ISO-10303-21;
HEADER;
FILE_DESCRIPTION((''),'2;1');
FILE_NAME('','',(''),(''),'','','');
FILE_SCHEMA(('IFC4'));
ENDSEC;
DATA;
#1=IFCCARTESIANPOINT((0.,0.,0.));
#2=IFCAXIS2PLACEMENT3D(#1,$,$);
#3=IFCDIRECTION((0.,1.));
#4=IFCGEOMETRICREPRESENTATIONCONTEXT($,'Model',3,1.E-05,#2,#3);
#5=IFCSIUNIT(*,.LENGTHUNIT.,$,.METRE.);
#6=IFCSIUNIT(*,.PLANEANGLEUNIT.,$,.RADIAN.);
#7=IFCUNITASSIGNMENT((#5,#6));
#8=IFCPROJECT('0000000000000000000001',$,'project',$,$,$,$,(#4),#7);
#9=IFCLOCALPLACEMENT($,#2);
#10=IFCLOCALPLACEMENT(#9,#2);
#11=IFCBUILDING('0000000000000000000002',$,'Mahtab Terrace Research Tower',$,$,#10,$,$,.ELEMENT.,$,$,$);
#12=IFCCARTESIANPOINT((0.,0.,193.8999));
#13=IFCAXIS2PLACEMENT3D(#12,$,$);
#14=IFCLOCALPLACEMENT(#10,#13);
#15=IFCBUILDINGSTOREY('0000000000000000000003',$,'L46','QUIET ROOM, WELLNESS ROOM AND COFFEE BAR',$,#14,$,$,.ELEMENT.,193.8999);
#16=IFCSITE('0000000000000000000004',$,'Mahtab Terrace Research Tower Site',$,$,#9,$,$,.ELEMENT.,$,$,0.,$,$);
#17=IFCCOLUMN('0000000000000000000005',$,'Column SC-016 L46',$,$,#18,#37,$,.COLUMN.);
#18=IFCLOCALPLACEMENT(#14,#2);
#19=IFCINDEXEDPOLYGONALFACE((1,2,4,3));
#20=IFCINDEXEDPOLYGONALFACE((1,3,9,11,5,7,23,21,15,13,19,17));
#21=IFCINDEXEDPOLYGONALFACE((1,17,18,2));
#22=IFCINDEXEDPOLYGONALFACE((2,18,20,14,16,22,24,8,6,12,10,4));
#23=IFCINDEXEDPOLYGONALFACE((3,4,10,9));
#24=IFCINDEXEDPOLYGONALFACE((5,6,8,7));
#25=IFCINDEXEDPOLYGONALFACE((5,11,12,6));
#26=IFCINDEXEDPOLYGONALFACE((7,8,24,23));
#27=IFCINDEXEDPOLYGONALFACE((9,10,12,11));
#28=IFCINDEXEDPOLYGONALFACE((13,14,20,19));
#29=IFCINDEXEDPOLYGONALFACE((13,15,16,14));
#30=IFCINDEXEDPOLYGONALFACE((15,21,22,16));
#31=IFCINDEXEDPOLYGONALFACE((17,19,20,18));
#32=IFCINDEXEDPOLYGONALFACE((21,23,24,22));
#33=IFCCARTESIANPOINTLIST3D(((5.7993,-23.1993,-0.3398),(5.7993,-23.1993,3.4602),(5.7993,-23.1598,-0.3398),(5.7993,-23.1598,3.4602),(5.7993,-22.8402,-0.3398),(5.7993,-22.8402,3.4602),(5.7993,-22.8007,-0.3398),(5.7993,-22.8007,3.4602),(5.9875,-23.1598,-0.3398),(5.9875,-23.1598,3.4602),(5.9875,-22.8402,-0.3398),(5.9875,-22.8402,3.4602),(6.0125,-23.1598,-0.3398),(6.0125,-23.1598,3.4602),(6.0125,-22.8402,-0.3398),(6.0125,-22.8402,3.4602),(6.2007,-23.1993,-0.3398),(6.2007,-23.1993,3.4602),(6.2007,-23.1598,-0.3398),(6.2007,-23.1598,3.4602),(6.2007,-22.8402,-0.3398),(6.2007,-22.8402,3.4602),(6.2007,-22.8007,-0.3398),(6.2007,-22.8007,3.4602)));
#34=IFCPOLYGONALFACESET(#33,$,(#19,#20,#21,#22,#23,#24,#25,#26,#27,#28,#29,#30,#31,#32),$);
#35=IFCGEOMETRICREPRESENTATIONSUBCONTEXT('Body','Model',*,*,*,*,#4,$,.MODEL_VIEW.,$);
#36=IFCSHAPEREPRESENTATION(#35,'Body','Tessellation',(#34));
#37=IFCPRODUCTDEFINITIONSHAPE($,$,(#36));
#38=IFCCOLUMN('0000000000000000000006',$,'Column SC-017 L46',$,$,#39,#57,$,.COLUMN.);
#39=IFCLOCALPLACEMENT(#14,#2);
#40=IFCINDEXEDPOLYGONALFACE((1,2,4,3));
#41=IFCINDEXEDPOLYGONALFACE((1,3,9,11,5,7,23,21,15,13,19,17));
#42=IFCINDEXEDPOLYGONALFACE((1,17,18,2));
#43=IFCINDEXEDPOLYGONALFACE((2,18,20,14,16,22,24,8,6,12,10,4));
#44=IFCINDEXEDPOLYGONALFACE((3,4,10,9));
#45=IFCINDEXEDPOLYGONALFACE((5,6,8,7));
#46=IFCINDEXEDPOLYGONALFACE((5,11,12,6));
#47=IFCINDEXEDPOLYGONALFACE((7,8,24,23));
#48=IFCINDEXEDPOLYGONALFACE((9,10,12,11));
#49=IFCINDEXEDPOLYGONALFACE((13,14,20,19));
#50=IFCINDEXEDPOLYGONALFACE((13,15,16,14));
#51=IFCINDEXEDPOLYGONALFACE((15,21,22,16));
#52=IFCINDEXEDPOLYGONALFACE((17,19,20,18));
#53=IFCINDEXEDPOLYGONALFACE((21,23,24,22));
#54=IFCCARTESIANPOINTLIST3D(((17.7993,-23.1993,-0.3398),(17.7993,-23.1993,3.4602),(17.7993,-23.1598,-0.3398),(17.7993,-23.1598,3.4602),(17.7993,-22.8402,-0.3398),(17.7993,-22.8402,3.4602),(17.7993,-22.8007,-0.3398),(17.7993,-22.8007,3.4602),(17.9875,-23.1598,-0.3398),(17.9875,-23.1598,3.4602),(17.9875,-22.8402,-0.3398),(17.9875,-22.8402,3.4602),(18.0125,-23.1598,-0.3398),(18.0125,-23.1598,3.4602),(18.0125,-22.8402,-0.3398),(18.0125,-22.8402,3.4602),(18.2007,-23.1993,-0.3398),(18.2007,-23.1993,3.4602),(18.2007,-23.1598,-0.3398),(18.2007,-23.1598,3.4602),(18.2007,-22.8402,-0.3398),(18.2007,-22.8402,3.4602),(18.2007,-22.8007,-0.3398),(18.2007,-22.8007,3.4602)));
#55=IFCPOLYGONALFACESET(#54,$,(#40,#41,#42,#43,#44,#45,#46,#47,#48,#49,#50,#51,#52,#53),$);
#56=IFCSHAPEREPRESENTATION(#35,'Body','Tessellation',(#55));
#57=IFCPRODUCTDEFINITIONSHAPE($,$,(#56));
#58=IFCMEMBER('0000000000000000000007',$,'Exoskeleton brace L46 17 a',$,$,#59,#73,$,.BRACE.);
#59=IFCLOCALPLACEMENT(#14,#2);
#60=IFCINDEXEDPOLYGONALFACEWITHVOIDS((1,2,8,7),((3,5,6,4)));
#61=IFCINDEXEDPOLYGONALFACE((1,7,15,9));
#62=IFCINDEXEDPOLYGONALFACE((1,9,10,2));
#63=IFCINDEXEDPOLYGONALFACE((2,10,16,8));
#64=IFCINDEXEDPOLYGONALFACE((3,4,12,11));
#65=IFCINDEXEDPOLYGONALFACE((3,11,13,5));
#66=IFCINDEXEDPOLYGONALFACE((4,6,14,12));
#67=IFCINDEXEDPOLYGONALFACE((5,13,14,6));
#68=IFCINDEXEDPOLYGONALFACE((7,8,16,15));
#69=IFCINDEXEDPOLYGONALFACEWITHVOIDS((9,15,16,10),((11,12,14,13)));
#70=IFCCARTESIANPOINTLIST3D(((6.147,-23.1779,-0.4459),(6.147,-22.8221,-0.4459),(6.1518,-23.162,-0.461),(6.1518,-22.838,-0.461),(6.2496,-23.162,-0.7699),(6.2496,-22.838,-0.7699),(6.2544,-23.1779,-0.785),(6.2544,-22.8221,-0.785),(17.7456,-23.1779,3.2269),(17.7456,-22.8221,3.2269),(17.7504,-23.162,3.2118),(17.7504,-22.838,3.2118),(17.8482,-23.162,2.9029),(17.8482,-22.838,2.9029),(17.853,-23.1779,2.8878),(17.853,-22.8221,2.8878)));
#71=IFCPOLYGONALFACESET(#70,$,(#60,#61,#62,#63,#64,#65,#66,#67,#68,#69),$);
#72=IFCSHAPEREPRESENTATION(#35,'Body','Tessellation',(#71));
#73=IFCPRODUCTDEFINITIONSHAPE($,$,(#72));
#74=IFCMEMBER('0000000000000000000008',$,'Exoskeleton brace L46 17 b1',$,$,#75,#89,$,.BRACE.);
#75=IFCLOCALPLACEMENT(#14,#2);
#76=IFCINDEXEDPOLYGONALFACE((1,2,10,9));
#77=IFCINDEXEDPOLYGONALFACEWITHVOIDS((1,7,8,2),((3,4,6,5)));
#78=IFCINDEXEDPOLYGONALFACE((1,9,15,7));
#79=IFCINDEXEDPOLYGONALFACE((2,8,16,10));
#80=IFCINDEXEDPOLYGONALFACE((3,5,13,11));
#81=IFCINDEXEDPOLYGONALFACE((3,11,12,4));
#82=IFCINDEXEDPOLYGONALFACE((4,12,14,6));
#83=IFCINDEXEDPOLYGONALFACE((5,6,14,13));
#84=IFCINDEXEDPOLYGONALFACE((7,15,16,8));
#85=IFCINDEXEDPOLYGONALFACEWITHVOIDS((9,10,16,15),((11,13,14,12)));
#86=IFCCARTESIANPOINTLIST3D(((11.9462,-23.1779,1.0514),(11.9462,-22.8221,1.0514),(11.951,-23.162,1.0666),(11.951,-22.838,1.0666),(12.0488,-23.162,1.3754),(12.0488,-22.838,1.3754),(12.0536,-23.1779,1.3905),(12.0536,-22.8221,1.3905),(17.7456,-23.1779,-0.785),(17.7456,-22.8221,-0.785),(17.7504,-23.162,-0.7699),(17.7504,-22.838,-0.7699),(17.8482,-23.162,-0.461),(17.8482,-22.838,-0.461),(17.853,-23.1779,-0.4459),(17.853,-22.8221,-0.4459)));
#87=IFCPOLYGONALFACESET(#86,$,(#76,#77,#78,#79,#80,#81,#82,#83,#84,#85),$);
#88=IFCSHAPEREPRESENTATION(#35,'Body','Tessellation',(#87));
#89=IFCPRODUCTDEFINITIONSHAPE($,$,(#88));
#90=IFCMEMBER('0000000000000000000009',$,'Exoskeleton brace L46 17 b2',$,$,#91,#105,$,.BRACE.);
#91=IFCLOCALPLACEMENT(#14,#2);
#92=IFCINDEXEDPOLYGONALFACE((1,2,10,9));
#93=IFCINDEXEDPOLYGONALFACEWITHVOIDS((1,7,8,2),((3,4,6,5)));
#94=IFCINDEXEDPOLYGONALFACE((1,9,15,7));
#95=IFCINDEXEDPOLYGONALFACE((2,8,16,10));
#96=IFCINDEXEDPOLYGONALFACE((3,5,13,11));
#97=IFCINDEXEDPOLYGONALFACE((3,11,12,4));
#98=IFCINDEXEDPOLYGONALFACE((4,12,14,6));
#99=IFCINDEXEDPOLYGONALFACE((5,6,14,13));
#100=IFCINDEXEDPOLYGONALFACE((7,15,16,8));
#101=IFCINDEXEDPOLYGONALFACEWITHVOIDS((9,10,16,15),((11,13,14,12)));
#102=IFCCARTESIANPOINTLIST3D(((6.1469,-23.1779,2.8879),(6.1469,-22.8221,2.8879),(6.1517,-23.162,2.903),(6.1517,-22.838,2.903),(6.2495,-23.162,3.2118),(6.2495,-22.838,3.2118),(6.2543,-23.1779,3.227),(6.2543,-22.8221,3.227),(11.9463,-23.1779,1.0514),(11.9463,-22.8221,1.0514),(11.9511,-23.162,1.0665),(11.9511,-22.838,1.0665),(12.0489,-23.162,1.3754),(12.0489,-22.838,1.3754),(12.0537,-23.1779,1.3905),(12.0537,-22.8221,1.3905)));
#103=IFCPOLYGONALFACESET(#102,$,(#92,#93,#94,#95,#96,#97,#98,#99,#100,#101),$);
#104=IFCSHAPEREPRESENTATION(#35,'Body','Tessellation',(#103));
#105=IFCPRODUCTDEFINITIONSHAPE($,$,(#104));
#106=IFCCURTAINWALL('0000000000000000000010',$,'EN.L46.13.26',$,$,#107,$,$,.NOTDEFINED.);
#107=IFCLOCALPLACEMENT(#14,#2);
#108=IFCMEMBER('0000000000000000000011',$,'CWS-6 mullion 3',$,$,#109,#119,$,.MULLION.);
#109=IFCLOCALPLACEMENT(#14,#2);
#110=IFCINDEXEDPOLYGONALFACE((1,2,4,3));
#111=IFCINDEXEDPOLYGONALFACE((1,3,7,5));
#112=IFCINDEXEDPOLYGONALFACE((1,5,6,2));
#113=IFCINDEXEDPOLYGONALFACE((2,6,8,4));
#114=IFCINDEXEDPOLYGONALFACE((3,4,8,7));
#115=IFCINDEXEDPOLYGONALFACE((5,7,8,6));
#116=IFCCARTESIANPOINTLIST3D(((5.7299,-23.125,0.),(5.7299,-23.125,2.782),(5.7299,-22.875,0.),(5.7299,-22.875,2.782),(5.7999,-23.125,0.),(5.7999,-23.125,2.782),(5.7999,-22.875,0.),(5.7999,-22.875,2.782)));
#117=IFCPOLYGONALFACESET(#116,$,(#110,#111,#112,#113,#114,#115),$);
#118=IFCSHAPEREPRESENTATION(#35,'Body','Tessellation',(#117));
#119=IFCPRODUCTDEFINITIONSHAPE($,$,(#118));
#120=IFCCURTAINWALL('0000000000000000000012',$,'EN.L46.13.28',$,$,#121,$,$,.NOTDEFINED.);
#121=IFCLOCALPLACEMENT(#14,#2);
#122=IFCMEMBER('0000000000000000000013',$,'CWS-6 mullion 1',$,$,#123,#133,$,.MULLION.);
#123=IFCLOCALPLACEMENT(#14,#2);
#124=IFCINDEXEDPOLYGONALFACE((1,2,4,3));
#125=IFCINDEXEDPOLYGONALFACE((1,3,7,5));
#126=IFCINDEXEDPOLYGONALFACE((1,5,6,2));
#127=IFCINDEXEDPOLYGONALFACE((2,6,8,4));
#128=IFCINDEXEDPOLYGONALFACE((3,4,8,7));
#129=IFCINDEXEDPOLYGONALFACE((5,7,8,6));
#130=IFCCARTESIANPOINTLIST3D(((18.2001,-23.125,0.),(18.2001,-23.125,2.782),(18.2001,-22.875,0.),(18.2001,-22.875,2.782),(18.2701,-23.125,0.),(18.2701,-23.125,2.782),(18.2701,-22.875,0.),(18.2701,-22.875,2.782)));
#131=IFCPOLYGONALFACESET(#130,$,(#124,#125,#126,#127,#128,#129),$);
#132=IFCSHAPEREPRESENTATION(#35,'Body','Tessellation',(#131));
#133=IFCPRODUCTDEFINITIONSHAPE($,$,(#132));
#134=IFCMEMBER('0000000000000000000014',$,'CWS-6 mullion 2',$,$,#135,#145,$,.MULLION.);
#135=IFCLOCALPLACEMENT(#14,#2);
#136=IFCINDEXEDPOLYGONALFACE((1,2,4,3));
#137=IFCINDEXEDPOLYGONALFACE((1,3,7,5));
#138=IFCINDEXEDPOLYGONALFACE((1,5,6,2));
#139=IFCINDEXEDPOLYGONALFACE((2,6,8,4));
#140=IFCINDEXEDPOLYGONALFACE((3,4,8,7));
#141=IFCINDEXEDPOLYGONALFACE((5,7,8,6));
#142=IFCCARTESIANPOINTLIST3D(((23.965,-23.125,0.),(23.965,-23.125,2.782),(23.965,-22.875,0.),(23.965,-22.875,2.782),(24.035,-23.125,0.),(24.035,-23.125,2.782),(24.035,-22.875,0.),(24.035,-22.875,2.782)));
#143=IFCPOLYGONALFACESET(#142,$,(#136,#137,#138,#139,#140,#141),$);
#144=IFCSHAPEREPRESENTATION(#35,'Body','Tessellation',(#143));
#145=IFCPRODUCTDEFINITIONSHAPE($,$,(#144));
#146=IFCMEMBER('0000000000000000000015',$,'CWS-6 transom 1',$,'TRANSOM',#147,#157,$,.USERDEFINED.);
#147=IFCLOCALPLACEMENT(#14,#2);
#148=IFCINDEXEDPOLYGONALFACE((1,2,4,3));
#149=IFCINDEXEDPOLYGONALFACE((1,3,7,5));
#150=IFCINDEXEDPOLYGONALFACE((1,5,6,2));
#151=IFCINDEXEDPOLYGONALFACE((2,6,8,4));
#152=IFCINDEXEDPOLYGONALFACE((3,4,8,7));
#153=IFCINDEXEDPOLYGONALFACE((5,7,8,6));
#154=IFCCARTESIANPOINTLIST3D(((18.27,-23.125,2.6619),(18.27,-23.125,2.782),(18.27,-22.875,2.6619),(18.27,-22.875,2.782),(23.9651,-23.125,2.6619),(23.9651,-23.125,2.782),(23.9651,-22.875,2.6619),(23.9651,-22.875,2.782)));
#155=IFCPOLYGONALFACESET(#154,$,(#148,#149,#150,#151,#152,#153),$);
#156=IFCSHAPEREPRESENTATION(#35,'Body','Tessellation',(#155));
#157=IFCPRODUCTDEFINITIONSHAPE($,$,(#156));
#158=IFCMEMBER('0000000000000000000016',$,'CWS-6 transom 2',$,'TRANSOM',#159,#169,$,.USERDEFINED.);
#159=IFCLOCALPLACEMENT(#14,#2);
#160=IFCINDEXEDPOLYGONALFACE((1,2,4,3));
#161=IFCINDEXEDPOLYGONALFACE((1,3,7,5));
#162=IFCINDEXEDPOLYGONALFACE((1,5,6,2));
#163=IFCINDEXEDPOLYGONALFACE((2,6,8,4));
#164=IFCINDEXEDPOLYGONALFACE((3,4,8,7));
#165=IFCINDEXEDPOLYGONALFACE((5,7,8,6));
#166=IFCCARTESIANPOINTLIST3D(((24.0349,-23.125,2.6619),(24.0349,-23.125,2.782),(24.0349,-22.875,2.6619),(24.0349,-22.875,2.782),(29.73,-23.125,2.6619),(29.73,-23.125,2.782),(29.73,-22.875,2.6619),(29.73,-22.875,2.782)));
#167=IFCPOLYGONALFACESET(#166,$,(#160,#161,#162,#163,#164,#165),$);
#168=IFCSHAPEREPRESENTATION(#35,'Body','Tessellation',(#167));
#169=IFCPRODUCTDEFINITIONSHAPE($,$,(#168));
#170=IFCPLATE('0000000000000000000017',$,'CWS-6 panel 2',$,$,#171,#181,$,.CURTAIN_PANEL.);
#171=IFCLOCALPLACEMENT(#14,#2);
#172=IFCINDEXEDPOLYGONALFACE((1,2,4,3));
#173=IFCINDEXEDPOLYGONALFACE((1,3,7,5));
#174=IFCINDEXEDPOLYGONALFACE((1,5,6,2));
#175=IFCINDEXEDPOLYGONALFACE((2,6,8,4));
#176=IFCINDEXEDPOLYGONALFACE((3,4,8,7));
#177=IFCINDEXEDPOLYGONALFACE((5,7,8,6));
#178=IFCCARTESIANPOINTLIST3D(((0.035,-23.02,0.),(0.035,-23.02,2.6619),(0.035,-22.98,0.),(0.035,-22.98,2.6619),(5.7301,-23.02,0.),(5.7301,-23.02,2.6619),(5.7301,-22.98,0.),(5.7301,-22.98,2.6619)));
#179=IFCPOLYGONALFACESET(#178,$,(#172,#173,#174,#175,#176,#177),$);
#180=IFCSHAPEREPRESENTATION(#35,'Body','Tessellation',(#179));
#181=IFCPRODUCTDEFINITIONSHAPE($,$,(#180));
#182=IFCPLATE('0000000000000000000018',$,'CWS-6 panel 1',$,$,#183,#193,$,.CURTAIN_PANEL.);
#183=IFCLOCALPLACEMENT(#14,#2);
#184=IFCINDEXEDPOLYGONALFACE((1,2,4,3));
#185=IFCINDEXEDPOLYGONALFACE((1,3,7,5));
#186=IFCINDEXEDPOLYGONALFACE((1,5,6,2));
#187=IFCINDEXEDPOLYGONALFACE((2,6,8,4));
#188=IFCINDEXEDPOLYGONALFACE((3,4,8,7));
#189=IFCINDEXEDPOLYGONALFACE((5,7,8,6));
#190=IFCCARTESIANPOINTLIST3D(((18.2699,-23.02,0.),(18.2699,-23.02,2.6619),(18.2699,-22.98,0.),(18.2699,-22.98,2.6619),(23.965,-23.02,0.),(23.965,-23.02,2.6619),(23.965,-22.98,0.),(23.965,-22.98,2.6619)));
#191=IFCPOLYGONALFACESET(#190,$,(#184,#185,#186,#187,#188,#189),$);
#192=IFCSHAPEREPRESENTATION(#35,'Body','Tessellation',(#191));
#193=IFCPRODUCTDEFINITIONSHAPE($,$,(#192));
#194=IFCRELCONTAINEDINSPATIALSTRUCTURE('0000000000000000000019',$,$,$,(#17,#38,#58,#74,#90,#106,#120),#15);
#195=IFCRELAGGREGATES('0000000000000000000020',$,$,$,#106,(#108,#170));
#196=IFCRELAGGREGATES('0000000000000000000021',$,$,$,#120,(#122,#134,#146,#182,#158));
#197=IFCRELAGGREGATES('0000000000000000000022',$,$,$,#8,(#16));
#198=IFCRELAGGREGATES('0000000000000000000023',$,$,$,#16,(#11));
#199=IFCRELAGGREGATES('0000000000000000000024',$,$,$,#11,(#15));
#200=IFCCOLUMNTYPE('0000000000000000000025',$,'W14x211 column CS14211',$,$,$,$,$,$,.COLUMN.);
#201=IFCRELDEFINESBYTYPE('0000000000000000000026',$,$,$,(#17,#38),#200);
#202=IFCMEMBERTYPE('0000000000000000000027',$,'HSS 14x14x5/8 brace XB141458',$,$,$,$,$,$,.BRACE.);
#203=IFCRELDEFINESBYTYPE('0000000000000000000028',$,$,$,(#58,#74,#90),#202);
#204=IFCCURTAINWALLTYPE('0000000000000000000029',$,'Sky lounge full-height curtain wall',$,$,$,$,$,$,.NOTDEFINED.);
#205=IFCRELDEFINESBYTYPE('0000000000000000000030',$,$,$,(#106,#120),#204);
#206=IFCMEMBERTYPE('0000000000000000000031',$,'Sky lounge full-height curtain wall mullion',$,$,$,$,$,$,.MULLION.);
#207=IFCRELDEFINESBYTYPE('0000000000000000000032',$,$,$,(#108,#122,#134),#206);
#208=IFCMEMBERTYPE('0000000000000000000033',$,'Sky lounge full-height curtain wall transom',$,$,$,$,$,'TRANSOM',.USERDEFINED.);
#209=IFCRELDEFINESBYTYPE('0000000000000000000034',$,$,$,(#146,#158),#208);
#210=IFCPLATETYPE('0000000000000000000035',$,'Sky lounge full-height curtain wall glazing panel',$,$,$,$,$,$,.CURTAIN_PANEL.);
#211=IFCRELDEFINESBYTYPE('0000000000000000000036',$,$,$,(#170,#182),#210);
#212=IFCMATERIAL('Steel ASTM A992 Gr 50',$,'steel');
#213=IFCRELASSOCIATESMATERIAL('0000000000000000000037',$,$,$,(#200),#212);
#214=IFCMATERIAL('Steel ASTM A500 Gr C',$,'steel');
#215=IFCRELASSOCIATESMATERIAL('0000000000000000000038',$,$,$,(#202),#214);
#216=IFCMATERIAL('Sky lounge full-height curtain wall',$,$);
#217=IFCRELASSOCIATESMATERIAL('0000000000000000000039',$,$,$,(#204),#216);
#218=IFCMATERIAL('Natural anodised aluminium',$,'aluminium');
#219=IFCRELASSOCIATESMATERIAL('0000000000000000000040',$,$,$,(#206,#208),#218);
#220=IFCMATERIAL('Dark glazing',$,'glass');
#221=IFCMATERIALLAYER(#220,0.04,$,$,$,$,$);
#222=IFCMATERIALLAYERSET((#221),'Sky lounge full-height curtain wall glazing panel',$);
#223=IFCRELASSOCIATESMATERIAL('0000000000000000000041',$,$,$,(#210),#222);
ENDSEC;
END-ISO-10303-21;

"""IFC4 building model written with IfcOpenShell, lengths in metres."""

from ifc_helpers import new_model, si_unit, direction, frame, origin, origin_2d, place, context, subcontext, project, spatial, rectangle, hollow_rectangle, i_section, extrude, material, layer, layer_set, material_profile, profile_set, type_object, element, aggregate, save


model = new_model("IFC4")

# Units and contexts
model_context = context("Model", 3, precision=1e-05, world=origin(), true_north=direction((0.0, 1.0)))
body_context = subcontext(model_context, "Body", "Model", "MODEL_VIEW")
ifc_project = project(units=[si_unit("LENGTHUNIT", "METRE"), si_unit("PLANEANGLEUNIT", "RADIAN")], contexts=[model_context])

# Site, building, storey
site_placement = place(None, origin())
site = spatial("IfcSite", under=ifc_project, at=site_placement, Name="Mahtab Terrace Research Tower Site", CompositionType="ELEMENT", RefElevation=0.0)
building_placement = place(site_placement, origin())
building = spatial("IfcBuilding", under=site, at=building_placement, Name="Mahtab Terrace Research Tower", CompositionType="ELEMENT")
storey_placement = place(building_placement, frame((0.0, 0.0, 193.8999)))
storey = spatial("IfcBuildingStorey", under=building, at=storey_placement, Name="L46", Description="QUIET ROOM, WELLNESS ROOM AND COFFEE BAR", CompositionType="ELEMENT", Elevation=193.8999)

# Columns
ifc_material_1 = material(Name="Steel ASTM A992 Gr 50", Category="steel")
ifc_material_profile_1 = material_profile(ifc_material_1, i_section(OverallWidth=0.4014, OverallDepth=0.3987, WebThickness=0.0249, FlangeThickness=0.0396, at=origin_2d()), Name="W14X211")
ifc_profile_set_1 = profile_set([ifc_material_profile_1], Name="Steel ASTM A992 Gr 50")
column_type = type_object("IfcColumnType", Name="W14x211 column CS14211", PredefinedType="COLUMN", material=ifc_profile_set_1)
for number, where, z_axis, x_axis, name in (
    (1, (6.0, -23.0, -0.3398), (0.0, 0.0, 1.0), (1.0, 0.0, 0.0), "Column SC-016 L46"),
    (2, (18.0, -23.0, -0.3398), (0.0, 0.0, 1.0), (1.0, 0.0, 0.0), "Column SC-017 L46"),
):
    element("IfcColumn", number, at=place(storey_placement, frame(where, z_axis=z_axis, x_axis=x_axis)), inside=storey, type_object=column_type, Name=name, PredefinedType="COLUMN", context=body_context, shape_type="SweptSolid", body=[
        extrude(i_section(OverallWidth=0.4014, OverallDepth=0.3987, WebThickness=0.0249, FlangeThickness=0.0396, at=origin_2d()), origin(), (0.0, 0.0, 1.0), 3.8),
    ])

# Members
ifc_material_2 = material(Name="Steel ASTM A500 Gr C", Category="steel")
ifc_material_profile_2 = material_profile(ifc_material_2, hollow_rectangle(XDim=0.3557, YDim=0.3557, WallThickness=0.0159, at=origin_2d()), Name="HSS14X14X5/8")
ifc_profile_set_2 = profile_set([ifc_material_profile_2], Name="Steel ASTM A500 Gr C")
member_type_1 = type_object("IfcMemberType", Name="HSS 14x14x5/8 brace XB141458", PredefinedType="BRACE", material=ifc_profile_set_2)
member_1_placement = place(storey_placement, frame((6.2007, -23.0, -0.6155), z_axis=(0.953343, 0.0, 0.301888), x_axis=(0.0, 1.0, 0.0)))
element("IfcMember", 3, at=member_1_placement, inside=storey, type_object=member_type_1, Name="Exoskeleton brace L46 17 a", PredefinedType="BRACE", context=body_context, shape_type="SweptSolid", body=[
    extrude(hollow_rectangle(XDim=0.3557, YDim=0.3557, WallThickness=0.0159, at=origin_2d()), origin(), (0.0, 0.0, 1.0), 12.1663),
])
for number, where, z_axis, x_axis, name in (
    (4, (17.7993, -23.0, -0.6155), (-0.953343, 0.0, 0.301888), (0.0, -1.0, 0.0), "Exoskeleton brace L46 17 b1"),
    (5, (12.0, -23.0, 1.2209), (-0.953343, 0.0, 0.301888), (0.0, -1.0, 0.0), "Exoskeleton brace L46 17 b2"),
):
    element("IfcMember", number, at=place(storey_placement, frame(where, z_axis=z_axis, x_axis=x_axis)), inside=storey, type_object=member_type_1, Name=name, PredefinedType="BRACE", context=body_context, shape_type="SweptSolid", body=[
        extrude(hollow_rectangle(XDim=0.3557, YDim=0.3557, WallThickness=0.0159, at=origin_2d()), origin(), (0.0, 0.0, 1.0), 6.0833),
    ])

# Curtain wall, member
ifc_material_3 = material(Name="Sky lounge full-height curtain wall")
curtain_wall_type = type_object("IfcCurtainWallType", Name="Sky lounge full-height curtain wall", PredefinedType="NOTDEFINED", material=ifc_material_3)
curtain_wall_1_placement = place(storey_placement, origin())
curtain_wall_1 = element("IfcCurtainWall", 6, at=curtain_wall_1_placement, inside=storey, type_object=curtain_wall_type, Name="EN.L46.13.26", PredefinedType="NOTDEFINED")
ifc_material_4 = material(Name="Natural anodised aluminium", Category="aluminium")
ifc_material_profile_3 = material_profile(ifc_material_4, rectangle(XDim=0.25, YDim=0.0701, at=origin_2d()), Name="MULLION 70x250")
ifc_profile_set_3 = profile_set([ifc_material_profile_3], Name="Natural anodised aluminium")
member_type_2 = type_object("IfcMemberType", Name="Sky lounge full-height curtain wall mullion", PredefinedType="MULLION", material=ifc_profile_set_3)
member_2_placement = place(storey_placement, frame((5.7649, -23.0, 0.0), z_axis=(0.0, 0.0, 1.0), x_axis=(0.0, 1.0, 0.0)))
member_2 = element("IfcMember", 7, at=member_2_placement, type_object=member_type_2, Name="CWS-6 mullion 3", PredefinedType="MULLION", context=body_context, shape_type="SweptSolid", body=[
    extrude(rectangle(XDim=0.25, YDim=0.0701, at=origin_2d()), origin(), (0.0, 0.0, 1.0), 2.782),
])

# Curtain wall, members
curtain_wall_2_placement = place(storey_placement, origin())
curtain_wall_2 = element("IfcCurtainWall", 8, at=curtain_wall_2_placement, inside=storey, type_object=curtain_wall_type, Name="EN.L46.13.28", PredefinedType="NOTDEFINED")
member_3_placement = place(storey_placement, frame((18.2351, -23.0, 0.0), z_axis=(0.0, 0.0, 1.0), x_axis=(0.0, 1.0, 0.0)))
member_3 = element("IfcMember", 9, at=member_3_placement, type_object=member_type_2, Name="CWS-6 mullion 1", PredefinedType="MULLION", context=body_context, shape_type="SweptSolid", body=[
    extrude(rectangle(XDim=0.25, YDim=0.0701, at=origin_2d()), origin(), (0.0, 0.0, 1.0), 2.782),
])
member_4_placement = place(storey_placement, frame((24.0, -23.0, 0.0), z_axis=(0.0, 0.0, 1.0), x_axis=(0.0, 1.0, 0.0)))
member_4 = element("IfcMember", 10, at=member_4_placement, type_object=member_type_2, Name="CWS-6 mullion 2", PredefinedType="MULLION", context=body_context, shape_type="SweptSolid", body=[
    extrude(rectangle(XDim=0.25, YDim=0.0701, at=origin_2d()), origin(), (0.0, 0.0, 1.0), 2.782),
])
ifc_material_profile_4 = material_profile(ifc_material_4, rectangle(XDim=0.25, YDim=0.1201, at=origin_2d()), Name="TRANSOM 120x250")
ifc_profile_set_4 = profile_set([ifc_material_profile_4], Name="Natural anodised aluminium")
member_type_3 = type_object("IfcMemberType", Name="Sky lounge full-height curtain wall transom", ElementType="TRANSOM", PredefinedType="USERDEFINED", material=ifc_profile_set_4)
member_5_placement = place(storey_placement, frame((18.27, -23.0, 2.7219), z_axis=(1.0, 0.0, 0.0), x_axis=(0.0, 1.0, 0.0)))
member_5 = element("IfcMember", 11, at=member_5_placement, type_object=member_type_3, Name="CWS-6 transom 1", ObjectType="TRANSOM", PredefinedType="USERDEFINED", context=body_context, shape_type="SweptSolid", body=[
    extrude(rectangle(XDim=0.25, YDim=0.1201, at=origin_2d()), origin(), (0.0, 0.0, 1.0), 5.6951),
])
member_6_placement = place(storey_placement, frame((24.0349, -23.0, 2.7219), z_axis=(1.0, 0.0, 0.0), x_axis=(0.0, 1.0, 0.0)))
member_6 = element("IfcMember", 12, at=member_6_placement, type_object=member_type_3, Name="CWS-6 transom 2", ObjectType="TRANSOM", PredefinedType="USERDEFINED", context=body_context, shape_type="SweptSolid", body=[
    extrude(rectangle(XDim=0.25, YDim=0.1201, at=origin_2d()), origin(), (0.0, 0.0, 1.0), 5.6951),
])

# Plates
ifc_material_5 = material(Name="Dark glazing", Category="glass")
ifc_layer_1 = layer(ifc_material_5, 0.04)
ifc_layer_set_1 = layer_set([ifc_layer_1], Name="Sky lounge full-height curtain wall glazing panel")
plate_type = type_object("IfcPlateType", Name="Sky lounge full-height curtain wall glazing panel", PredefinedType="CURTAIN_PANEL", material=ifc_layer_set_1)
plate_1_placement = place(storey_placement, frame((2.8826, -23.0, 0.0), z_axis=(0.0, 0.0, 1.0), x_axis=(1.0, 0.0, 0.0)))
plate_1 = element("IfcPlate", 13, at=plate_1_placement, type_object=plate_type, Name="CWS-6 panel 2", PredefinedType="CURTAIN_PANEL", context=body_context, shape_type="SweptSolid", body=[
    extrude(rectangle(XDim=5.6951, YDim=0.04, at=origin_2d()), origin(), (0.0, 0.0, 1.0), 2.6619),
])
aggregate(curtain_wall_1, [member_2, plate_1])
plate_2_placement = place(storey_placement, frame((21.1174, -23.0, 0.0), z_axis=(0.0, 0.0, 1.0), x_axis=(1.0, 0.0, 0.0)))
plate_2 = element("IfcPlate", 14, at=plate_2_placement, type_object=plate_type, Name="CWS-6 panel 1", PredefinedType="CURTAIN_PANEL", context=body_context, shape_type="SweptSolid", body=[
    extrude(rectangle(XDim=5.6951, YDim=0.04, at=origin_2d()), origin(), (0.0, 0.0, 1.0), 2.6619),
])
aggregate(curtain_wall_2, [member_3, member_4, member_5, plate_2, member_6])

save(model, "model.ifc")
